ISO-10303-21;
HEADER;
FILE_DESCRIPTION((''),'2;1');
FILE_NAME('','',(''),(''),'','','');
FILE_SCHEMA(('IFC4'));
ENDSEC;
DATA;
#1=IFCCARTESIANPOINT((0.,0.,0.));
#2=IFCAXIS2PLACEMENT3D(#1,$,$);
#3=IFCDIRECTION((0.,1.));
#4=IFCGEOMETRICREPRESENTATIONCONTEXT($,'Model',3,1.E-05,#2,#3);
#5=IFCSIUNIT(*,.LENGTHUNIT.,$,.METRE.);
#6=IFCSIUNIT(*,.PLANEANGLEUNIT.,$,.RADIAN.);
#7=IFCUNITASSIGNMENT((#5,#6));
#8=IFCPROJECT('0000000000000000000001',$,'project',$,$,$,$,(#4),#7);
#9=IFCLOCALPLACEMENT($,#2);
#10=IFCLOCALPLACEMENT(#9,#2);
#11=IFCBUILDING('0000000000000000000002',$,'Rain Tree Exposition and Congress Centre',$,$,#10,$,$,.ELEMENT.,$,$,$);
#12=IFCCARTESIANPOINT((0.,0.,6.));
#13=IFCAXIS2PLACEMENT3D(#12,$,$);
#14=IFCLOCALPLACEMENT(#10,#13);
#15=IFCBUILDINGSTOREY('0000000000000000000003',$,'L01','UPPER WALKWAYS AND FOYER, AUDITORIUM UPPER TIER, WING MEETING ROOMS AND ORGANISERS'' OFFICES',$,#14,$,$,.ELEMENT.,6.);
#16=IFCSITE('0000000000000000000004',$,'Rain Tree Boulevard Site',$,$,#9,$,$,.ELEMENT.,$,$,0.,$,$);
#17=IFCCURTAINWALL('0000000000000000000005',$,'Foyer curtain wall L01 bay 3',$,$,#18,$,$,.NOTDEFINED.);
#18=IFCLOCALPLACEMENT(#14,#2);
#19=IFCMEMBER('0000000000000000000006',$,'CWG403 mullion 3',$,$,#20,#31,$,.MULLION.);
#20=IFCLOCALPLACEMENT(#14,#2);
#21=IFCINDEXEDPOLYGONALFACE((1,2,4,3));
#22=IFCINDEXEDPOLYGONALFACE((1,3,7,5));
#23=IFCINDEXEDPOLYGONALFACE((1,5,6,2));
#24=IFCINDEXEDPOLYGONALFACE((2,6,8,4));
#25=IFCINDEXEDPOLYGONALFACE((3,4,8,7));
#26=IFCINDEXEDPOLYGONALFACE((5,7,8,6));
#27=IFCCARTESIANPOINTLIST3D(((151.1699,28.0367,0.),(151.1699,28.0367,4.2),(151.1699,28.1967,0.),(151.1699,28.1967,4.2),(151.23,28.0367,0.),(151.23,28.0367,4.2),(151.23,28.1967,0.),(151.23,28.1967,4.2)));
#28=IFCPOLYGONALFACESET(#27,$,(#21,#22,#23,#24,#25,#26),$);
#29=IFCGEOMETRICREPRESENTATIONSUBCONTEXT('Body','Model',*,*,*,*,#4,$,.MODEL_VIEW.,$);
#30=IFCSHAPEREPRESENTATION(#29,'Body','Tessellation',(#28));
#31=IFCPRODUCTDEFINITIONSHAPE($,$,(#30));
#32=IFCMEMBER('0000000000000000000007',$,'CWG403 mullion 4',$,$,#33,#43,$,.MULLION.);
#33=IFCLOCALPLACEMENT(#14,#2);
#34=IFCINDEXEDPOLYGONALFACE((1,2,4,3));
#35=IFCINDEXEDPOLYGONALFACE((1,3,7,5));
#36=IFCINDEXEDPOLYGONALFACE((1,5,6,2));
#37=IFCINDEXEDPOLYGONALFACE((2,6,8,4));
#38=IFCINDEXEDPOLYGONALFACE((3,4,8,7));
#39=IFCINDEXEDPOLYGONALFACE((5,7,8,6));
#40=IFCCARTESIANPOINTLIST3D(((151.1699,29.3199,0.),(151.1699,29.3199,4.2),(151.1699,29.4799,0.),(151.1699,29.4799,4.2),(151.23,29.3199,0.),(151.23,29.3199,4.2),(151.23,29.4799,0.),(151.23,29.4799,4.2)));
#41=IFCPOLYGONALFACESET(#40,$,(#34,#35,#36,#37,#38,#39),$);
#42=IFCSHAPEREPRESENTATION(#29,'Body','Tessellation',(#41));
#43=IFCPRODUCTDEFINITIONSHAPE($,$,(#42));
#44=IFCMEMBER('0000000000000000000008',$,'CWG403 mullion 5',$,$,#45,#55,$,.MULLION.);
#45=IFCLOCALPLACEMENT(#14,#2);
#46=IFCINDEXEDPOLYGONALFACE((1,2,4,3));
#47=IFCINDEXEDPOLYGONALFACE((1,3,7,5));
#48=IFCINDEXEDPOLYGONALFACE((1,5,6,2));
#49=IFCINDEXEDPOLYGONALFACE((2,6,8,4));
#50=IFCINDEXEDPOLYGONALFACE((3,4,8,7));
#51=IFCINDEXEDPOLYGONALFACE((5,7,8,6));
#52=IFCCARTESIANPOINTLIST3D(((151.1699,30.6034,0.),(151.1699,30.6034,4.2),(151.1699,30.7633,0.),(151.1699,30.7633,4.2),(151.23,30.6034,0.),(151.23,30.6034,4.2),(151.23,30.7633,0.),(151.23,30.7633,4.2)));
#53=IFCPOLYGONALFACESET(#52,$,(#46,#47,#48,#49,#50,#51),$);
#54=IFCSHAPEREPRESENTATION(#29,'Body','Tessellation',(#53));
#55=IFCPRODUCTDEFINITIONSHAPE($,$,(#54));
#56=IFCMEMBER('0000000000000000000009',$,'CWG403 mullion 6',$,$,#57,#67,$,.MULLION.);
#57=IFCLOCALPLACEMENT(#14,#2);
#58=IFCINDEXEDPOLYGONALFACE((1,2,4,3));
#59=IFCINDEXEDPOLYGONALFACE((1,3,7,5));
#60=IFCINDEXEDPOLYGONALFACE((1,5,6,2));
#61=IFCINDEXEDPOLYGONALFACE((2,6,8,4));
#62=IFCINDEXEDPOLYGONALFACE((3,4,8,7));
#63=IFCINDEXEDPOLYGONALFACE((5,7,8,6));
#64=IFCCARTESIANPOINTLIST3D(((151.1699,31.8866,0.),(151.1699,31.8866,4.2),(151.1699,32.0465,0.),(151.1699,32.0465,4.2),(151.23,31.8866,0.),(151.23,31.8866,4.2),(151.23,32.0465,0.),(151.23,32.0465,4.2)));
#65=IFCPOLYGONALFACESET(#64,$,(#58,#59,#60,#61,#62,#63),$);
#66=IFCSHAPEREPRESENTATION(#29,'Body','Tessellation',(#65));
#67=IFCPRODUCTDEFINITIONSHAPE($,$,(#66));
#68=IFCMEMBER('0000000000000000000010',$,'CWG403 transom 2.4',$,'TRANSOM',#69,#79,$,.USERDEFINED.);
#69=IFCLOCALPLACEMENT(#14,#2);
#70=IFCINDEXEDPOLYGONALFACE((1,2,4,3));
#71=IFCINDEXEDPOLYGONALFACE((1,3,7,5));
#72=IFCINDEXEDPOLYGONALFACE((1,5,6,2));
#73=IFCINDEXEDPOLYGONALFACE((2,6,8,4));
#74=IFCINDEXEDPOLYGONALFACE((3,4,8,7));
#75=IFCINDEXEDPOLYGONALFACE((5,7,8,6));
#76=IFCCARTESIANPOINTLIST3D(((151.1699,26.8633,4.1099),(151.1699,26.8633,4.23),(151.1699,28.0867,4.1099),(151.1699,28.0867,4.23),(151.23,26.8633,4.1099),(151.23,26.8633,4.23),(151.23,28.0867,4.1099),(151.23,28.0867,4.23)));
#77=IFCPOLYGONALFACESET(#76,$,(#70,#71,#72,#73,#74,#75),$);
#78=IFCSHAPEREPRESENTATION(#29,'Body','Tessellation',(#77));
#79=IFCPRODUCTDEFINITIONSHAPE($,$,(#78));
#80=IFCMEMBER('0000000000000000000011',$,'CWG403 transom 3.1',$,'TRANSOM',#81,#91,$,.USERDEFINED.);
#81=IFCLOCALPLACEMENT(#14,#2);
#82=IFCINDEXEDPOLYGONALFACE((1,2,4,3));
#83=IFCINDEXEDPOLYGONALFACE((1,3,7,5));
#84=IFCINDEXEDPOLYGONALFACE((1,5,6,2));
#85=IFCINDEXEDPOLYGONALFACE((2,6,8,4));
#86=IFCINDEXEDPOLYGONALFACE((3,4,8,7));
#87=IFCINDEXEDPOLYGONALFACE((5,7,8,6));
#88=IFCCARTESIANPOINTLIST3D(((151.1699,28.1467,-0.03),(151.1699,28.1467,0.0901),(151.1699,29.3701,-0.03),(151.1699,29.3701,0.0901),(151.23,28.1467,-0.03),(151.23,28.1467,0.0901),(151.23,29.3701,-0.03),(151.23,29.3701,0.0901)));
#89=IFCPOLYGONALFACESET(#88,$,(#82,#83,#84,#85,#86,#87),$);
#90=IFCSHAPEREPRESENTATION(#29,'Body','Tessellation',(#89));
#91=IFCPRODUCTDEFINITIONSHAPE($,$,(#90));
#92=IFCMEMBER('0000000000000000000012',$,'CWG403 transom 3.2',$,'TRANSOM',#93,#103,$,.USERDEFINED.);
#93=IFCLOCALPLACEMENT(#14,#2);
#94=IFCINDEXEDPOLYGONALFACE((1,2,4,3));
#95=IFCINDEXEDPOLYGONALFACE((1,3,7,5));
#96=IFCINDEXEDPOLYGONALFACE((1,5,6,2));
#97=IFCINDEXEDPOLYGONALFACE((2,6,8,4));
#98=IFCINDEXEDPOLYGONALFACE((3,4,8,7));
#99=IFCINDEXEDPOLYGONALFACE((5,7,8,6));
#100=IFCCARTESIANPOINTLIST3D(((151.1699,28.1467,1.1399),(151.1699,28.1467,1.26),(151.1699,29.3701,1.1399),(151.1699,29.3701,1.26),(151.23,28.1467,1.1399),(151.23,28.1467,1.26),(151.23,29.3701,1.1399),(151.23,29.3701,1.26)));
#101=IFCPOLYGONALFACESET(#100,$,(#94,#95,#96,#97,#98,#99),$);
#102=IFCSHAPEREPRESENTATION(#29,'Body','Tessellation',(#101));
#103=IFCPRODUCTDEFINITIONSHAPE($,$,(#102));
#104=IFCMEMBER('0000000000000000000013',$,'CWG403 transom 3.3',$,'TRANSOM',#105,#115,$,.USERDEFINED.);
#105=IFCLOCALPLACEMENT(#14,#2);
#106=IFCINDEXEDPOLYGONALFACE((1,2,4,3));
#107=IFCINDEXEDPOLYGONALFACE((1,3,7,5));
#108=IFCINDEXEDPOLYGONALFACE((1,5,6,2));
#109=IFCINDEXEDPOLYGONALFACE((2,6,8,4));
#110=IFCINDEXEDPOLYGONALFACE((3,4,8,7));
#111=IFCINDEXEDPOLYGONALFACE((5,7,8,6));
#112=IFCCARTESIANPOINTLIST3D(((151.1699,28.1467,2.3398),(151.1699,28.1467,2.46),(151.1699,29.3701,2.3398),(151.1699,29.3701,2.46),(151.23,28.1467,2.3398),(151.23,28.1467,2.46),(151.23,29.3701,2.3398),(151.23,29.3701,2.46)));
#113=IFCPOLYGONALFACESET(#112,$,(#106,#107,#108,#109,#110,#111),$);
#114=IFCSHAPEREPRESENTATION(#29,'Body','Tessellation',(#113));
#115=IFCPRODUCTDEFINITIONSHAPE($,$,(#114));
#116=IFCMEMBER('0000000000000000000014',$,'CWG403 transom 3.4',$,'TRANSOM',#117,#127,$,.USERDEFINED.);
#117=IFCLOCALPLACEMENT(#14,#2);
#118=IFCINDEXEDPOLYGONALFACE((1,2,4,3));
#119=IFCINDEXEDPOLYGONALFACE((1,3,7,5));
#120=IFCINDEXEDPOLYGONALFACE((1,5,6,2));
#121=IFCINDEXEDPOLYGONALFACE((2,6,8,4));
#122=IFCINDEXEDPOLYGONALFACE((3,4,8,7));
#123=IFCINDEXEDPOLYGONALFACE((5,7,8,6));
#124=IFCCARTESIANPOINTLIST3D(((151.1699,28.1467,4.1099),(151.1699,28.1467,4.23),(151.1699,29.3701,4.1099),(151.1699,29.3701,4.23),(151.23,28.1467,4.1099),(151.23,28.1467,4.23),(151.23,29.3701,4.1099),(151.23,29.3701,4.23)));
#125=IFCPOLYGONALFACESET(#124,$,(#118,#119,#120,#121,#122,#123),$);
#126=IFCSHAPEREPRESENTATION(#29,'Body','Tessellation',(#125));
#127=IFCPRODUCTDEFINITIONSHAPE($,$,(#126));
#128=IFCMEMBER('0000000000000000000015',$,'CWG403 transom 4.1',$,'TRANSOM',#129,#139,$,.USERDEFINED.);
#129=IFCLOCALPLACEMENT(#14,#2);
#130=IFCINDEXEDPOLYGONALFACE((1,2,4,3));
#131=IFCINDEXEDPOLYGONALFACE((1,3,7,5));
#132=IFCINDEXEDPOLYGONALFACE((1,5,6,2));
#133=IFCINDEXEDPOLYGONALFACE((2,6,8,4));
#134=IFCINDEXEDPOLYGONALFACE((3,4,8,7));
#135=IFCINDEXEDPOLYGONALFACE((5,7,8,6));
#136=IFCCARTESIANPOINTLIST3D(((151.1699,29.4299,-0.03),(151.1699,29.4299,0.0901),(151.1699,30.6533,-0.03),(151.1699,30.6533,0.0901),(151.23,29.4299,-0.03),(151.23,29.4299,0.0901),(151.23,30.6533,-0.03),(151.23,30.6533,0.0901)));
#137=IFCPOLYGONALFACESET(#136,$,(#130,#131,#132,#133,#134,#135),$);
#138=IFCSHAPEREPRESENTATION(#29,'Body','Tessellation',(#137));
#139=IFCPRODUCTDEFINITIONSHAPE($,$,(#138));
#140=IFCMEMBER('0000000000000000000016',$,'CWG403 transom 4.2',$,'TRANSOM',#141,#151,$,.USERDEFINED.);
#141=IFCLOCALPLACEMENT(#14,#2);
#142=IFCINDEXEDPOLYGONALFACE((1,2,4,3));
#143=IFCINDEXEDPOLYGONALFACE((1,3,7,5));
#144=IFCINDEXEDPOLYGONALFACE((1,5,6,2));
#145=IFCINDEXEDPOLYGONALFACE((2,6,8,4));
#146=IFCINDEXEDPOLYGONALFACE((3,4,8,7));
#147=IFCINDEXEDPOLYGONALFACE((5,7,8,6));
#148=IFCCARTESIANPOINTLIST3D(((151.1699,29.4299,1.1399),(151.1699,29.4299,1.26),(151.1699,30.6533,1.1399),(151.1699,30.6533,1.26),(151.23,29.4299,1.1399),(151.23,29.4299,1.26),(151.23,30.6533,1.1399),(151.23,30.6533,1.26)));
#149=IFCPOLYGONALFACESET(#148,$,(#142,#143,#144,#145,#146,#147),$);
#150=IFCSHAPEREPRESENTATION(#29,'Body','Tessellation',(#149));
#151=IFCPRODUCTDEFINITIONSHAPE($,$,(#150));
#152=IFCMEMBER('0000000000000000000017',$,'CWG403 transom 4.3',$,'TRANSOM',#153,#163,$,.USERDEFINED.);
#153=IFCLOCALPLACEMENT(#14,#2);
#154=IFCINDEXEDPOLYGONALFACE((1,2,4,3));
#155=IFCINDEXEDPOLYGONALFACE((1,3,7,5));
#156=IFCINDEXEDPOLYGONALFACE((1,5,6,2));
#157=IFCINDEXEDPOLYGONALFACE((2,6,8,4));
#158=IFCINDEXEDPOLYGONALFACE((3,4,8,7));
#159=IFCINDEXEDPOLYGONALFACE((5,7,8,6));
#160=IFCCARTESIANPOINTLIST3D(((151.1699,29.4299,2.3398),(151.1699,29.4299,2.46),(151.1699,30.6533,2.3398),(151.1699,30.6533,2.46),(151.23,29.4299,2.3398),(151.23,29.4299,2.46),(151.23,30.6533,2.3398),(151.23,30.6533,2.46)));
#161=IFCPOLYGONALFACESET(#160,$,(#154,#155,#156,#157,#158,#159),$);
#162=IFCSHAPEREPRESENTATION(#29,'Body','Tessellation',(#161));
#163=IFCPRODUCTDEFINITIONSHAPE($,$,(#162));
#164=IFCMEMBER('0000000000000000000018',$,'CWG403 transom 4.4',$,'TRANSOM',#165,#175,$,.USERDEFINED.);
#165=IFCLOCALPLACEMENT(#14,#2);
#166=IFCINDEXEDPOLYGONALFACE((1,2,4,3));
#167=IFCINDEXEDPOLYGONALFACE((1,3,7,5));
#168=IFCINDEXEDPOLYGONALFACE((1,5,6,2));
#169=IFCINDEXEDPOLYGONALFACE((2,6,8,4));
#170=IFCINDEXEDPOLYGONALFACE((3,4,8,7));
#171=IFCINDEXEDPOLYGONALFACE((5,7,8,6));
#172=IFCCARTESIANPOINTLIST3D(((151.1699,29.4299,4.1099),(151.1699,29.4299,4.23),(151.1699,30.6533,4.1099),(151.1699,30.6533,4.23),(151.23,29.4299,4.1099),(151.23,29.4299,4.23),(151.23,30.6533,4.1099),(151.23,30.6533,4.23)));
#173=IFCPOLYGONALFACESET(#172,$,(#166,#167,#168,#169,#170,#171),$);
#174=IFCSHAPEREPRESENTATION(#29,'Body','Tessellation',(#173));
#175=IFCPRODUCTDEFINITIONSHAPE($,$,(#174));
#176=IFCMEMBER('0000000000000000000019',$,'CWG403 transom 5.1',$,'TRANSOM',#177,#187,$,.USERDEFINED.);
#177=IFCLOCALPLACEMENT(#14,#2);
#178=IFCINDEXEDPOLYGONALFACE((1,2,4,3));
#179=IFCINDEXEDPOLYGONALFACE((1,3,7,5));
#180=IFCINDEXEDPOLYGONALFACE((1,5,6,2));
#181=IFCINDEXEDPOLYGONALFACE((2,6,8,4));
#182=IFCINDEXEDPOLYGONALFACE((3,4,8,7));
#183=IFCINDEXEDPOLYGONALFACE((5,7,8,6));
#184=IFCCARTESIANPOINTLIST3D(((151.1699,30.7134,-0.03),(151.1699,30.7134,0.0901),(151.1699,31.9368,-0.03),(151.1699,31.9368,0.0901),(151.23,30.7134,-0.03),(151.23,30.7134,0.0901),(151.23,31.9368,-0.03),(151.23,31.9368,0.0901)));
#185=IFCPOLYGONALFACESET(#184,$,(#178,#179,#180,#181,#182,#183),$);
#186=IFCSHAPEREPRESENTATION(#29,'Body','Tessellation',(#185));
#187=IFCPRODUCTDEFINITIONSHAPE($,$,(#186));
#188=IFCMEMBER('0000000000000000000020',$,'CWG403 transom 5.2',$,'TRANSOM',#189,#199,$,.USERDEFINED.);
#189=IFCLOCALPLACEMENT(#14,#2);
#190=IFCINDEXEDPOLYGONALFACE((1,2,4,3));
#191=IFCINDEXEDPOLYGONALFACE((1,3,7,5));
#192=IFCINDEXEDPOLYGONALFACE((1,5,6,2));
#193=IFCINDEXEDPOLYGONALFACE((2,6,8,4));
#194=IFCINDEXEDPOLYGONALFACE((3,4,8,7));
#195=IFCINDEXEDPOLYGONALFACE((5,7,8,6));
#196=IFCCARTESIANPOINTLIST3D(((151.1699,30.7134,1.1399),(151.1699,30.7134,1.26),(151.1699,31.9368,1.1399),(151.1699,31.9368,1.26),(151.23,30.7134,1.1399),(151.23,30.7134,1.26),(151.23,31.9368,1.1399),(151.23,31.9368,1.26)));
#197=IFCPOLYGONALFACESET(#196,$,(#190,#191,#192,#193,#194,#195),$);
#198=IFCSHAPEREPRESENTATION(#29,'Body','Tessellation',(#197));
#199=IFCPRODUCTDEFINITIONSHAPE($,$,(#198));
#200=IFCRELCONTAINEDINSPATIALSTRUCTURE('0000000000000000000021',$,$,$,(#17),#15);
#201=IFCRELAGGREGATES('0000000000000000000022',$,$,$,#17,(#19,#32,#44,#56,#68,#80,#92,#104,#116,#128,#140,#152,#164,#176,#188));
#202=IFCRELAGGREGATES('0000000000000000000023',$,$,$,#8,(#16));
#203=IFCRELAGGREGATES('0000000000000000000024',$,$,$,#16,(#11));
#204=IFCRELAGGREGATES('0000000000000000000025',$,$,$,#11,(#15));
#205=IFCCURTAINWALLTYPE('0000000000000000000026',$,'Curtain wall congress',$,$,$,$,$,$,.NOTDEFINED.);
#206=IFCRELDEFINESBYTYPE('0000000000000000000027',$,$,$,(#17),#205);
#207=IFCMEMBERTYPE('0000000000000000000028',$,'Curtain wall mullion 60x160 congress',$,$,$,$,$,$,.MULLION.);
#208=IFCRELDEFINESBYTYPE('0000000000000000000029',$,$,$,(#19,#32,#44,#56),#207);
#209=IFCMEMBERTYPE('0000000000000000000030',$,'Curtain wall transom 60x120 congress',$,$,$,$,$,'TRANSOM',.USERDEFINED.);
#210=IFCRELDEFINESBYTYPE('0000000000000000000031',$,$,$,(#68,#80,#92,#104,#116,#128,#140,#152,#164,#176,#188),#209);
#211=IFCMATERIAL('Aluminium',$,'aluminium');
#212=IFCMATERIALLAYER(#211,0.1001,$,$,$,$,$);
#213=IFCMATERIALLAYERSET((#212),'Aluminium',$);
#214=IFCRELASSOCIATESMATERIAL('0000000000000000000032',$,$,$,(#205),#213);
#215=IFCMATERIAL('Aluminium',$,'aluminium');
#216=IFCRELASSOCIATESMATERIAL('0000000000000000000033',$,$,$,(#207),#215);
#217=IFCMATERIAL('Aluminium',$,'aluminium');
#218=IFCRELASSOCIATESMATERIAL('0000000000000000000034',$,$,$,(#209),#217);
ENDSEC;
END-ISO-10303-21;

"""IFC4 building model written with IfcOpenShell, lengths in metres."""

from ifc_helpers import new_model, si_unit, direction, frame, origin, origin_2d, place, context, subcontext, project, spatial, rectangle, extrude, material, layer, layer_set, material_profile, profile_set, type_object, element, aggregate, save


model = new_model("IFC4")

# Units and contexts
model_context = context("Model", 3, precision=1e-05, world=origin(), true_north=direction((0.0, 1.0)))
body_context = subcontext(model_context, "Body", "Model", "MODEL_VIEW")
ifc_project = project(units=[si_unit("LENGTHUNIT", "METRE"), si_unit("PLANEANGLEUNIT", "RADIAN")], contexts=[model_context])

# Site, building, storey
site_placement = place(None, origin())
site = spatial("IfcSite", under=ifc_project, at=site_placement, Name="Rain Tree Boulevard Site", CompositionType="ELEMENT", RefElevation=0.0)
building_placement = place(site_placement, origin())
building = spatial("IfcBuilding", under=site, at=building_placement, Name="Rain Tree Exposition and Congress Centre", CompositionType="ELEMENT")
storey_placement = place(building_placement, frame((0.0, 0.0, 6.0)))
storey = spatial("IfcBuildingStorey", under=building, at=storey_placement, Name="L01", Description="UPPER WALKWAYS AND FOYER, AUDITORIUM UPPER TIER, WING MEETING ROOMS AND ORGANISERS' OFFICES", CompositionType="ELEMENT", Elevation=6.0)

# Curtain wall, members
ifc_material_1 = material(Name="Aluminium", Category="aluminium")
ifc_layer_1 = layer(ifc_material_1, 0.1001)
ifc_layer_set_1 = layer_set([ifc_layer_1], Name="Aluminium")
curtain_wall_type = type_object("IfcCurtainWallType", Name="Curtain wall congress", PredefinedType="NOTDEFINED", material=ifc_layer_set_1)
curtain_wall_placement = place(storey_placement, origin())
curtain_wall = element("IfcCurtainWall", 1, at=curtain_wall_placement, inside=storey, type_object=curtain_wall_type, Name="Foyer curtain wall L01 bay 3", PredefinedType="NOTDEFINED")
ifc_material_2 = material(Name="Aluminium", Category="aluminium")
ifc_material_profile_1 = material_profile(ifc_material_2, rectangle(XDim=0.0601, YDim=0.1599, at=origin_2d()), Name="AL 60x160")
ifc_profile_set_1 = profile_set([ifc_material_profile_1], Name="Aluminium")
member_type_1 = type_object("IfcMemberType", Name="Curtain wall mullion 60x160 congress", PredefinedType="MULLION", material=ifc_profile_set_1)
member_1_placement = place(storey_placement, frame((151.2, 28.1167, 0.0), z_axis=(0.0, 0.0, 1.0), x_axis=(-1.0, 0.0, 0.0)))
member_1 = element("IfcMember", 2, at=member_1_placement, type_object=member_type_1, Name="CWG403 mullion 3", PredefinedType="MULLION", context=body_context, shape_type="SweptSolid", body=[
    extrude(rectangle(XDim=0.0601, YDim=0.1599, at=origin_2d()), origin(), (0.0, 0.0, 1.0), 4.2),
])
member_2_placement = place(storey_placement, frame((151.2, 29.3999, 0.0), z_axis=(0.0, 0.0, 1.0), x_axis=(-1.0, 0.0, 0.0)))
member_2 = element("IfcMember", 3, at=member_2_placement, type_object=member_type_1, Name="CWG403 mullion 4", PredefinedType="MULLION", context=body_context, shape_type="SweptSolid", body=[
    extrude(rectangle(XDim=0.0601, YDim=0.1599, at=origin_2d()), origin(), (0.0, 0.0, 1.0), 4.2),
])
member_3_placement = place(storey_placement, frame((151.2, 30.6833, 0.0), z_axis=(0.0, 0.0, 1.0), x_axis=(-1.0, 0.0, 0.0)))
member_3 = element("IfcMember", 4, at=member_3_placement, type_object=member_type_1, Name="CWG403 mullion 5", PredefinedType="MULLION", context=body_context, shape_type="SweptSolid", body=[
    extrude(rectangle(XDim=0.0601, YDim=0.1599, at=origin_2d()), origin(), (0.0, 0.0, 1.0), 4.2),
])
member_4_placement = place(storey_placement, frame((151.2, 31.9666, 0.0), z_axis=(0.0, 0.0, 1.0), x_axis=(-1.0, 0.0, 0.0)))
member_4 = element("IfcMember", 5, at=member_4_placement, type_object=member_type_1, Name="CWG403 mullion 6", PredefinedType="MULLION", context=body_context, shape_type="SweptSolid", body=[
    extrude(rectangle(XDim=0.0601, YDim=0.1599, at=origin_2d()), origin(), (0.0, 0.0, 1.0), 4.2),
])
ifc_material_3 = material(Name="Aluminium", Category="aluminium")
ifc_material_profile_2 = material_profile(ifc_material_3, rectangle(XDim=0.0601, YDim=0.1201, at=origin_2d()), Name="AL 60x120")
ifc_profile_set_2 = profile_set([ifc_material_profile_2], Name="Aluminium")
member_type_2 = type_object("IfcMemberType", Name="Curtain wall transom 60x120 congress", ElementType="TRANSOM", PredefinedType="USERDEFINED", material=ifc_profile_set_2)
member_5_placement = place(storey_placement, frame((151.2, 26.8633, 4.1699), z_axis=(0.0, 1.0, 0.0), x_axis=(-1.0, 0.0, 0.0)))
member_5 = element("IfcMember", 6, at=member_5_placement, type_object=member_type_2, Name="CWG403 transom 2.4", ObjectType="TRANSOM", PredefinedType="USERDEFINED", context=body_context, shape_type="SweptSolid", body=[
    extrude(rectangle(XDim=0.0601, YDim=0.1201, at=origin_2d()), origin(), (0.0, 0.0, 1.0), 1.2234),
])
member_6_placement = place(storey_placement, frame((151.2, 28.1467, 0.03), z_axis=(0.0, 1.0, 0.0), x_axis=(-1.0, 0.0, 0.0)))
member_6 = element("IfcMember", 7, at=member_6_placement, type_object=member_type_2, Name="CWG403 transom 3.1", ObjectType="TRANSOM", PredefinedType="USERDEFINED", context=body_context, shape_type="SweptSolid", body=[
    extrude(rectangle(XDim=0.0601, YDim=0.1201, at=origin_2d()), origin(), (0.0, 0.0, 1.0), 1.2234),
])
member_7_placement = place(storey_placement, frame((151.2, 28.1467, 1.2), z_axis=(0.0, 1.0, 0.0), x_axis=(-1.0, 0.0, 0.0)))
member_7 = element("IfcMember", 8, at=member_7_placement, type_object=member_type_2, Name="CWG403 transom 3.2", ObjectType="TRANSOM", PredefinedType="USERDEFINED", context=body_context, shape_type="SweptSolid", body=[
    extrude(rectangle(XDim=0.0601, YDim=0.1201, at=origin_2d()), origin(), (0.0, 0.0, 1.0), 1.2234),
])
member_8_placement = place(storey_placement, frame((151.2, 28.1467, 2.3999), z_axis=(0.0, 1.0, 0.0), x_axis=(-1.0, 0.0, 0.0)))
member_8 = element("IfcMember", 9, at=member_8_placement, type_object=member_type_2, Name="CWG403 transom 3.3", ObjectType="TRANSOM", PredefinedType="USERDEFINED", context=body_context, shape_type="SweptSolid", body=[
    extrude(rectangle(XDim=0.0601, YDim=0.1201, at=origin_2d()), origin(), (0.0, 0.0, 1.0), 1.2234),
])
member_9_placement = place(storey_placement, frame((151.2, 28.1467, 4.1699), z_axis=(0.0, 1.0, 0.0), x_axis=(-1.0, 0.0, 0.0)))
member_9 = element("IfcMember", 10, at=member_9_placement, type_object=member_type_2, Name="CWG403 transom 3.4", ObjectType="TRANSOM", PredefinedType="USERDEFINED", context=body_context, shape_type="SweptSolid", body=[
    extrude(rectangle(XDim=0.0601, YDim=0.1201, at=origin_2d()), origin(), (0.0, 0.0, 1.0), 1.2234),
])
member_10_placement = place(storey_placement, frame((151.2, 29.4299, 0.03), z_axis=(0.0, 1.0, 0.0), x_axis=(-1.0, 0.0, 0.0)))
member_10 = element("IfcMember", 11, at=member_10_placement, type_object=member_type_2, Name="CWG403 transom 4.1", ObjectType="TRANSOM", PredefinedType="USERDEFINED", context=body_context, shape_type="SweptSolid", body=[
    extrude(rectangle(XDim=0.0601, YDim=0.1201, at=origin_2d()), origin(), (0.0, 0.0, 1.0), 1.2234),
])
member_11_placement = place(storey_placement, frame((151.2, 29.4299, 1.2), z_axis=(0.0, 1.0, 0.0), x_axis=(-1.0, 0.0, 0.0)))
member_11 = element("IfcMember", 12, at=member_11_placement, type_object=member_type_2, Name="CWG403 transom 4.2", ObjectType="TRANSOM", PredefinedType="USERDEFINED", context=body_context, shape_type="SweptSolid", body=[
    extrude(rectangle(XDim=0.0601, YDim=0.1201, at=origin_2d()), origin(), (0.0, 0.0, 1.0), 1.2234),
])
member_12_placement = place(storey_placement, frame((151.2, 29.4299, 2.3999), z_axis=(0.0, 1.0, 0.0), x_axis=(-1.0, 0.0, 0.0)))
member_12 = element("IfcMember", 13, at=member_12_placement, type_object=member_type_2, Name="CWG403 transom 4.3", ObjectType="TRANSOM", PredefinedType="USERDEFINED", context=body_context, shape_type="SweptSolid", body=[
    extrude(rectangle(XDim=0.0601, YDim=0.1201, at=origin_2d()), origin(), (0.0, 0.0, 1.0), 1.2234),
])
member_13_placement = place(storey_placement, frame((151.2, 29.4299, 4.1699), z_axis=(0.0, 1.0, 0.0), x_axis=(-1.0, 0.0, 0.0)))
member_13 = element("IfcMember", 14, at=member_13_placement, type_object=member_type_2, Name="CWG403 transom 4.4", ObjectType="TRANSOM", PredefinedType="USERDEFINED", context=body_context, shape_type="SweptSolid", body=[
    extrude(rectangle(XDim=0.0601, YDim=0.1201, at=origin_2d()), origin(), (0.0, 0.0, 1.0), 1.2234),
])
member_14_placement = place(storey_placement, frame((151.2, 30.7134, 0.03), z_axis=(0.0, 1.0, 0.0), x_axis=(-1.0, 0.0, 0.0)))
member_14 = element("IfcMember", 15, at=member_14_placement, type_object=member_type_2, Name="CWG403 transom 5.1", ObjectType="TRANSOM", PredefinedType="USERDEFINED", context=body_context, shape_type="SweptSolid", body=[
    extrude(rectangle(XDim=0.0601, YDim=0.1201, at=origin_2d()), origin(), (0.0, 0.0, 1.0), 1.2234),
])
member_15_placement = place(storey_placement, frame((151.2, 30.7134, 1.2), z_axis=(0.0, 1.0, 0.0), x_axis=(-1.0, 0.0, 0.0)))
member_15 = element("IfcMember", 16, at=member_15_placement, type_object=member_type_2, Name="CWG403 transom 5.2", ObjectType="TRANSOM", PredefinedType="USERDEFINED", context=body_context, shape_type="SweptSolid", body=[
    extrude(rectangle(XDim=0.0601, YDim=0.1201, at=origin_2d()), origin(), (0.0, 0.0, 1.0), 1.2234),
])
aggregate(curtain_wall, [member_1, member_2, member_3, member_4, member_5, member_6, member_7, member_8, member_9, member_10, member_11, member_12, member_13, member_14, member_15])

save(model, "model.ifc")
